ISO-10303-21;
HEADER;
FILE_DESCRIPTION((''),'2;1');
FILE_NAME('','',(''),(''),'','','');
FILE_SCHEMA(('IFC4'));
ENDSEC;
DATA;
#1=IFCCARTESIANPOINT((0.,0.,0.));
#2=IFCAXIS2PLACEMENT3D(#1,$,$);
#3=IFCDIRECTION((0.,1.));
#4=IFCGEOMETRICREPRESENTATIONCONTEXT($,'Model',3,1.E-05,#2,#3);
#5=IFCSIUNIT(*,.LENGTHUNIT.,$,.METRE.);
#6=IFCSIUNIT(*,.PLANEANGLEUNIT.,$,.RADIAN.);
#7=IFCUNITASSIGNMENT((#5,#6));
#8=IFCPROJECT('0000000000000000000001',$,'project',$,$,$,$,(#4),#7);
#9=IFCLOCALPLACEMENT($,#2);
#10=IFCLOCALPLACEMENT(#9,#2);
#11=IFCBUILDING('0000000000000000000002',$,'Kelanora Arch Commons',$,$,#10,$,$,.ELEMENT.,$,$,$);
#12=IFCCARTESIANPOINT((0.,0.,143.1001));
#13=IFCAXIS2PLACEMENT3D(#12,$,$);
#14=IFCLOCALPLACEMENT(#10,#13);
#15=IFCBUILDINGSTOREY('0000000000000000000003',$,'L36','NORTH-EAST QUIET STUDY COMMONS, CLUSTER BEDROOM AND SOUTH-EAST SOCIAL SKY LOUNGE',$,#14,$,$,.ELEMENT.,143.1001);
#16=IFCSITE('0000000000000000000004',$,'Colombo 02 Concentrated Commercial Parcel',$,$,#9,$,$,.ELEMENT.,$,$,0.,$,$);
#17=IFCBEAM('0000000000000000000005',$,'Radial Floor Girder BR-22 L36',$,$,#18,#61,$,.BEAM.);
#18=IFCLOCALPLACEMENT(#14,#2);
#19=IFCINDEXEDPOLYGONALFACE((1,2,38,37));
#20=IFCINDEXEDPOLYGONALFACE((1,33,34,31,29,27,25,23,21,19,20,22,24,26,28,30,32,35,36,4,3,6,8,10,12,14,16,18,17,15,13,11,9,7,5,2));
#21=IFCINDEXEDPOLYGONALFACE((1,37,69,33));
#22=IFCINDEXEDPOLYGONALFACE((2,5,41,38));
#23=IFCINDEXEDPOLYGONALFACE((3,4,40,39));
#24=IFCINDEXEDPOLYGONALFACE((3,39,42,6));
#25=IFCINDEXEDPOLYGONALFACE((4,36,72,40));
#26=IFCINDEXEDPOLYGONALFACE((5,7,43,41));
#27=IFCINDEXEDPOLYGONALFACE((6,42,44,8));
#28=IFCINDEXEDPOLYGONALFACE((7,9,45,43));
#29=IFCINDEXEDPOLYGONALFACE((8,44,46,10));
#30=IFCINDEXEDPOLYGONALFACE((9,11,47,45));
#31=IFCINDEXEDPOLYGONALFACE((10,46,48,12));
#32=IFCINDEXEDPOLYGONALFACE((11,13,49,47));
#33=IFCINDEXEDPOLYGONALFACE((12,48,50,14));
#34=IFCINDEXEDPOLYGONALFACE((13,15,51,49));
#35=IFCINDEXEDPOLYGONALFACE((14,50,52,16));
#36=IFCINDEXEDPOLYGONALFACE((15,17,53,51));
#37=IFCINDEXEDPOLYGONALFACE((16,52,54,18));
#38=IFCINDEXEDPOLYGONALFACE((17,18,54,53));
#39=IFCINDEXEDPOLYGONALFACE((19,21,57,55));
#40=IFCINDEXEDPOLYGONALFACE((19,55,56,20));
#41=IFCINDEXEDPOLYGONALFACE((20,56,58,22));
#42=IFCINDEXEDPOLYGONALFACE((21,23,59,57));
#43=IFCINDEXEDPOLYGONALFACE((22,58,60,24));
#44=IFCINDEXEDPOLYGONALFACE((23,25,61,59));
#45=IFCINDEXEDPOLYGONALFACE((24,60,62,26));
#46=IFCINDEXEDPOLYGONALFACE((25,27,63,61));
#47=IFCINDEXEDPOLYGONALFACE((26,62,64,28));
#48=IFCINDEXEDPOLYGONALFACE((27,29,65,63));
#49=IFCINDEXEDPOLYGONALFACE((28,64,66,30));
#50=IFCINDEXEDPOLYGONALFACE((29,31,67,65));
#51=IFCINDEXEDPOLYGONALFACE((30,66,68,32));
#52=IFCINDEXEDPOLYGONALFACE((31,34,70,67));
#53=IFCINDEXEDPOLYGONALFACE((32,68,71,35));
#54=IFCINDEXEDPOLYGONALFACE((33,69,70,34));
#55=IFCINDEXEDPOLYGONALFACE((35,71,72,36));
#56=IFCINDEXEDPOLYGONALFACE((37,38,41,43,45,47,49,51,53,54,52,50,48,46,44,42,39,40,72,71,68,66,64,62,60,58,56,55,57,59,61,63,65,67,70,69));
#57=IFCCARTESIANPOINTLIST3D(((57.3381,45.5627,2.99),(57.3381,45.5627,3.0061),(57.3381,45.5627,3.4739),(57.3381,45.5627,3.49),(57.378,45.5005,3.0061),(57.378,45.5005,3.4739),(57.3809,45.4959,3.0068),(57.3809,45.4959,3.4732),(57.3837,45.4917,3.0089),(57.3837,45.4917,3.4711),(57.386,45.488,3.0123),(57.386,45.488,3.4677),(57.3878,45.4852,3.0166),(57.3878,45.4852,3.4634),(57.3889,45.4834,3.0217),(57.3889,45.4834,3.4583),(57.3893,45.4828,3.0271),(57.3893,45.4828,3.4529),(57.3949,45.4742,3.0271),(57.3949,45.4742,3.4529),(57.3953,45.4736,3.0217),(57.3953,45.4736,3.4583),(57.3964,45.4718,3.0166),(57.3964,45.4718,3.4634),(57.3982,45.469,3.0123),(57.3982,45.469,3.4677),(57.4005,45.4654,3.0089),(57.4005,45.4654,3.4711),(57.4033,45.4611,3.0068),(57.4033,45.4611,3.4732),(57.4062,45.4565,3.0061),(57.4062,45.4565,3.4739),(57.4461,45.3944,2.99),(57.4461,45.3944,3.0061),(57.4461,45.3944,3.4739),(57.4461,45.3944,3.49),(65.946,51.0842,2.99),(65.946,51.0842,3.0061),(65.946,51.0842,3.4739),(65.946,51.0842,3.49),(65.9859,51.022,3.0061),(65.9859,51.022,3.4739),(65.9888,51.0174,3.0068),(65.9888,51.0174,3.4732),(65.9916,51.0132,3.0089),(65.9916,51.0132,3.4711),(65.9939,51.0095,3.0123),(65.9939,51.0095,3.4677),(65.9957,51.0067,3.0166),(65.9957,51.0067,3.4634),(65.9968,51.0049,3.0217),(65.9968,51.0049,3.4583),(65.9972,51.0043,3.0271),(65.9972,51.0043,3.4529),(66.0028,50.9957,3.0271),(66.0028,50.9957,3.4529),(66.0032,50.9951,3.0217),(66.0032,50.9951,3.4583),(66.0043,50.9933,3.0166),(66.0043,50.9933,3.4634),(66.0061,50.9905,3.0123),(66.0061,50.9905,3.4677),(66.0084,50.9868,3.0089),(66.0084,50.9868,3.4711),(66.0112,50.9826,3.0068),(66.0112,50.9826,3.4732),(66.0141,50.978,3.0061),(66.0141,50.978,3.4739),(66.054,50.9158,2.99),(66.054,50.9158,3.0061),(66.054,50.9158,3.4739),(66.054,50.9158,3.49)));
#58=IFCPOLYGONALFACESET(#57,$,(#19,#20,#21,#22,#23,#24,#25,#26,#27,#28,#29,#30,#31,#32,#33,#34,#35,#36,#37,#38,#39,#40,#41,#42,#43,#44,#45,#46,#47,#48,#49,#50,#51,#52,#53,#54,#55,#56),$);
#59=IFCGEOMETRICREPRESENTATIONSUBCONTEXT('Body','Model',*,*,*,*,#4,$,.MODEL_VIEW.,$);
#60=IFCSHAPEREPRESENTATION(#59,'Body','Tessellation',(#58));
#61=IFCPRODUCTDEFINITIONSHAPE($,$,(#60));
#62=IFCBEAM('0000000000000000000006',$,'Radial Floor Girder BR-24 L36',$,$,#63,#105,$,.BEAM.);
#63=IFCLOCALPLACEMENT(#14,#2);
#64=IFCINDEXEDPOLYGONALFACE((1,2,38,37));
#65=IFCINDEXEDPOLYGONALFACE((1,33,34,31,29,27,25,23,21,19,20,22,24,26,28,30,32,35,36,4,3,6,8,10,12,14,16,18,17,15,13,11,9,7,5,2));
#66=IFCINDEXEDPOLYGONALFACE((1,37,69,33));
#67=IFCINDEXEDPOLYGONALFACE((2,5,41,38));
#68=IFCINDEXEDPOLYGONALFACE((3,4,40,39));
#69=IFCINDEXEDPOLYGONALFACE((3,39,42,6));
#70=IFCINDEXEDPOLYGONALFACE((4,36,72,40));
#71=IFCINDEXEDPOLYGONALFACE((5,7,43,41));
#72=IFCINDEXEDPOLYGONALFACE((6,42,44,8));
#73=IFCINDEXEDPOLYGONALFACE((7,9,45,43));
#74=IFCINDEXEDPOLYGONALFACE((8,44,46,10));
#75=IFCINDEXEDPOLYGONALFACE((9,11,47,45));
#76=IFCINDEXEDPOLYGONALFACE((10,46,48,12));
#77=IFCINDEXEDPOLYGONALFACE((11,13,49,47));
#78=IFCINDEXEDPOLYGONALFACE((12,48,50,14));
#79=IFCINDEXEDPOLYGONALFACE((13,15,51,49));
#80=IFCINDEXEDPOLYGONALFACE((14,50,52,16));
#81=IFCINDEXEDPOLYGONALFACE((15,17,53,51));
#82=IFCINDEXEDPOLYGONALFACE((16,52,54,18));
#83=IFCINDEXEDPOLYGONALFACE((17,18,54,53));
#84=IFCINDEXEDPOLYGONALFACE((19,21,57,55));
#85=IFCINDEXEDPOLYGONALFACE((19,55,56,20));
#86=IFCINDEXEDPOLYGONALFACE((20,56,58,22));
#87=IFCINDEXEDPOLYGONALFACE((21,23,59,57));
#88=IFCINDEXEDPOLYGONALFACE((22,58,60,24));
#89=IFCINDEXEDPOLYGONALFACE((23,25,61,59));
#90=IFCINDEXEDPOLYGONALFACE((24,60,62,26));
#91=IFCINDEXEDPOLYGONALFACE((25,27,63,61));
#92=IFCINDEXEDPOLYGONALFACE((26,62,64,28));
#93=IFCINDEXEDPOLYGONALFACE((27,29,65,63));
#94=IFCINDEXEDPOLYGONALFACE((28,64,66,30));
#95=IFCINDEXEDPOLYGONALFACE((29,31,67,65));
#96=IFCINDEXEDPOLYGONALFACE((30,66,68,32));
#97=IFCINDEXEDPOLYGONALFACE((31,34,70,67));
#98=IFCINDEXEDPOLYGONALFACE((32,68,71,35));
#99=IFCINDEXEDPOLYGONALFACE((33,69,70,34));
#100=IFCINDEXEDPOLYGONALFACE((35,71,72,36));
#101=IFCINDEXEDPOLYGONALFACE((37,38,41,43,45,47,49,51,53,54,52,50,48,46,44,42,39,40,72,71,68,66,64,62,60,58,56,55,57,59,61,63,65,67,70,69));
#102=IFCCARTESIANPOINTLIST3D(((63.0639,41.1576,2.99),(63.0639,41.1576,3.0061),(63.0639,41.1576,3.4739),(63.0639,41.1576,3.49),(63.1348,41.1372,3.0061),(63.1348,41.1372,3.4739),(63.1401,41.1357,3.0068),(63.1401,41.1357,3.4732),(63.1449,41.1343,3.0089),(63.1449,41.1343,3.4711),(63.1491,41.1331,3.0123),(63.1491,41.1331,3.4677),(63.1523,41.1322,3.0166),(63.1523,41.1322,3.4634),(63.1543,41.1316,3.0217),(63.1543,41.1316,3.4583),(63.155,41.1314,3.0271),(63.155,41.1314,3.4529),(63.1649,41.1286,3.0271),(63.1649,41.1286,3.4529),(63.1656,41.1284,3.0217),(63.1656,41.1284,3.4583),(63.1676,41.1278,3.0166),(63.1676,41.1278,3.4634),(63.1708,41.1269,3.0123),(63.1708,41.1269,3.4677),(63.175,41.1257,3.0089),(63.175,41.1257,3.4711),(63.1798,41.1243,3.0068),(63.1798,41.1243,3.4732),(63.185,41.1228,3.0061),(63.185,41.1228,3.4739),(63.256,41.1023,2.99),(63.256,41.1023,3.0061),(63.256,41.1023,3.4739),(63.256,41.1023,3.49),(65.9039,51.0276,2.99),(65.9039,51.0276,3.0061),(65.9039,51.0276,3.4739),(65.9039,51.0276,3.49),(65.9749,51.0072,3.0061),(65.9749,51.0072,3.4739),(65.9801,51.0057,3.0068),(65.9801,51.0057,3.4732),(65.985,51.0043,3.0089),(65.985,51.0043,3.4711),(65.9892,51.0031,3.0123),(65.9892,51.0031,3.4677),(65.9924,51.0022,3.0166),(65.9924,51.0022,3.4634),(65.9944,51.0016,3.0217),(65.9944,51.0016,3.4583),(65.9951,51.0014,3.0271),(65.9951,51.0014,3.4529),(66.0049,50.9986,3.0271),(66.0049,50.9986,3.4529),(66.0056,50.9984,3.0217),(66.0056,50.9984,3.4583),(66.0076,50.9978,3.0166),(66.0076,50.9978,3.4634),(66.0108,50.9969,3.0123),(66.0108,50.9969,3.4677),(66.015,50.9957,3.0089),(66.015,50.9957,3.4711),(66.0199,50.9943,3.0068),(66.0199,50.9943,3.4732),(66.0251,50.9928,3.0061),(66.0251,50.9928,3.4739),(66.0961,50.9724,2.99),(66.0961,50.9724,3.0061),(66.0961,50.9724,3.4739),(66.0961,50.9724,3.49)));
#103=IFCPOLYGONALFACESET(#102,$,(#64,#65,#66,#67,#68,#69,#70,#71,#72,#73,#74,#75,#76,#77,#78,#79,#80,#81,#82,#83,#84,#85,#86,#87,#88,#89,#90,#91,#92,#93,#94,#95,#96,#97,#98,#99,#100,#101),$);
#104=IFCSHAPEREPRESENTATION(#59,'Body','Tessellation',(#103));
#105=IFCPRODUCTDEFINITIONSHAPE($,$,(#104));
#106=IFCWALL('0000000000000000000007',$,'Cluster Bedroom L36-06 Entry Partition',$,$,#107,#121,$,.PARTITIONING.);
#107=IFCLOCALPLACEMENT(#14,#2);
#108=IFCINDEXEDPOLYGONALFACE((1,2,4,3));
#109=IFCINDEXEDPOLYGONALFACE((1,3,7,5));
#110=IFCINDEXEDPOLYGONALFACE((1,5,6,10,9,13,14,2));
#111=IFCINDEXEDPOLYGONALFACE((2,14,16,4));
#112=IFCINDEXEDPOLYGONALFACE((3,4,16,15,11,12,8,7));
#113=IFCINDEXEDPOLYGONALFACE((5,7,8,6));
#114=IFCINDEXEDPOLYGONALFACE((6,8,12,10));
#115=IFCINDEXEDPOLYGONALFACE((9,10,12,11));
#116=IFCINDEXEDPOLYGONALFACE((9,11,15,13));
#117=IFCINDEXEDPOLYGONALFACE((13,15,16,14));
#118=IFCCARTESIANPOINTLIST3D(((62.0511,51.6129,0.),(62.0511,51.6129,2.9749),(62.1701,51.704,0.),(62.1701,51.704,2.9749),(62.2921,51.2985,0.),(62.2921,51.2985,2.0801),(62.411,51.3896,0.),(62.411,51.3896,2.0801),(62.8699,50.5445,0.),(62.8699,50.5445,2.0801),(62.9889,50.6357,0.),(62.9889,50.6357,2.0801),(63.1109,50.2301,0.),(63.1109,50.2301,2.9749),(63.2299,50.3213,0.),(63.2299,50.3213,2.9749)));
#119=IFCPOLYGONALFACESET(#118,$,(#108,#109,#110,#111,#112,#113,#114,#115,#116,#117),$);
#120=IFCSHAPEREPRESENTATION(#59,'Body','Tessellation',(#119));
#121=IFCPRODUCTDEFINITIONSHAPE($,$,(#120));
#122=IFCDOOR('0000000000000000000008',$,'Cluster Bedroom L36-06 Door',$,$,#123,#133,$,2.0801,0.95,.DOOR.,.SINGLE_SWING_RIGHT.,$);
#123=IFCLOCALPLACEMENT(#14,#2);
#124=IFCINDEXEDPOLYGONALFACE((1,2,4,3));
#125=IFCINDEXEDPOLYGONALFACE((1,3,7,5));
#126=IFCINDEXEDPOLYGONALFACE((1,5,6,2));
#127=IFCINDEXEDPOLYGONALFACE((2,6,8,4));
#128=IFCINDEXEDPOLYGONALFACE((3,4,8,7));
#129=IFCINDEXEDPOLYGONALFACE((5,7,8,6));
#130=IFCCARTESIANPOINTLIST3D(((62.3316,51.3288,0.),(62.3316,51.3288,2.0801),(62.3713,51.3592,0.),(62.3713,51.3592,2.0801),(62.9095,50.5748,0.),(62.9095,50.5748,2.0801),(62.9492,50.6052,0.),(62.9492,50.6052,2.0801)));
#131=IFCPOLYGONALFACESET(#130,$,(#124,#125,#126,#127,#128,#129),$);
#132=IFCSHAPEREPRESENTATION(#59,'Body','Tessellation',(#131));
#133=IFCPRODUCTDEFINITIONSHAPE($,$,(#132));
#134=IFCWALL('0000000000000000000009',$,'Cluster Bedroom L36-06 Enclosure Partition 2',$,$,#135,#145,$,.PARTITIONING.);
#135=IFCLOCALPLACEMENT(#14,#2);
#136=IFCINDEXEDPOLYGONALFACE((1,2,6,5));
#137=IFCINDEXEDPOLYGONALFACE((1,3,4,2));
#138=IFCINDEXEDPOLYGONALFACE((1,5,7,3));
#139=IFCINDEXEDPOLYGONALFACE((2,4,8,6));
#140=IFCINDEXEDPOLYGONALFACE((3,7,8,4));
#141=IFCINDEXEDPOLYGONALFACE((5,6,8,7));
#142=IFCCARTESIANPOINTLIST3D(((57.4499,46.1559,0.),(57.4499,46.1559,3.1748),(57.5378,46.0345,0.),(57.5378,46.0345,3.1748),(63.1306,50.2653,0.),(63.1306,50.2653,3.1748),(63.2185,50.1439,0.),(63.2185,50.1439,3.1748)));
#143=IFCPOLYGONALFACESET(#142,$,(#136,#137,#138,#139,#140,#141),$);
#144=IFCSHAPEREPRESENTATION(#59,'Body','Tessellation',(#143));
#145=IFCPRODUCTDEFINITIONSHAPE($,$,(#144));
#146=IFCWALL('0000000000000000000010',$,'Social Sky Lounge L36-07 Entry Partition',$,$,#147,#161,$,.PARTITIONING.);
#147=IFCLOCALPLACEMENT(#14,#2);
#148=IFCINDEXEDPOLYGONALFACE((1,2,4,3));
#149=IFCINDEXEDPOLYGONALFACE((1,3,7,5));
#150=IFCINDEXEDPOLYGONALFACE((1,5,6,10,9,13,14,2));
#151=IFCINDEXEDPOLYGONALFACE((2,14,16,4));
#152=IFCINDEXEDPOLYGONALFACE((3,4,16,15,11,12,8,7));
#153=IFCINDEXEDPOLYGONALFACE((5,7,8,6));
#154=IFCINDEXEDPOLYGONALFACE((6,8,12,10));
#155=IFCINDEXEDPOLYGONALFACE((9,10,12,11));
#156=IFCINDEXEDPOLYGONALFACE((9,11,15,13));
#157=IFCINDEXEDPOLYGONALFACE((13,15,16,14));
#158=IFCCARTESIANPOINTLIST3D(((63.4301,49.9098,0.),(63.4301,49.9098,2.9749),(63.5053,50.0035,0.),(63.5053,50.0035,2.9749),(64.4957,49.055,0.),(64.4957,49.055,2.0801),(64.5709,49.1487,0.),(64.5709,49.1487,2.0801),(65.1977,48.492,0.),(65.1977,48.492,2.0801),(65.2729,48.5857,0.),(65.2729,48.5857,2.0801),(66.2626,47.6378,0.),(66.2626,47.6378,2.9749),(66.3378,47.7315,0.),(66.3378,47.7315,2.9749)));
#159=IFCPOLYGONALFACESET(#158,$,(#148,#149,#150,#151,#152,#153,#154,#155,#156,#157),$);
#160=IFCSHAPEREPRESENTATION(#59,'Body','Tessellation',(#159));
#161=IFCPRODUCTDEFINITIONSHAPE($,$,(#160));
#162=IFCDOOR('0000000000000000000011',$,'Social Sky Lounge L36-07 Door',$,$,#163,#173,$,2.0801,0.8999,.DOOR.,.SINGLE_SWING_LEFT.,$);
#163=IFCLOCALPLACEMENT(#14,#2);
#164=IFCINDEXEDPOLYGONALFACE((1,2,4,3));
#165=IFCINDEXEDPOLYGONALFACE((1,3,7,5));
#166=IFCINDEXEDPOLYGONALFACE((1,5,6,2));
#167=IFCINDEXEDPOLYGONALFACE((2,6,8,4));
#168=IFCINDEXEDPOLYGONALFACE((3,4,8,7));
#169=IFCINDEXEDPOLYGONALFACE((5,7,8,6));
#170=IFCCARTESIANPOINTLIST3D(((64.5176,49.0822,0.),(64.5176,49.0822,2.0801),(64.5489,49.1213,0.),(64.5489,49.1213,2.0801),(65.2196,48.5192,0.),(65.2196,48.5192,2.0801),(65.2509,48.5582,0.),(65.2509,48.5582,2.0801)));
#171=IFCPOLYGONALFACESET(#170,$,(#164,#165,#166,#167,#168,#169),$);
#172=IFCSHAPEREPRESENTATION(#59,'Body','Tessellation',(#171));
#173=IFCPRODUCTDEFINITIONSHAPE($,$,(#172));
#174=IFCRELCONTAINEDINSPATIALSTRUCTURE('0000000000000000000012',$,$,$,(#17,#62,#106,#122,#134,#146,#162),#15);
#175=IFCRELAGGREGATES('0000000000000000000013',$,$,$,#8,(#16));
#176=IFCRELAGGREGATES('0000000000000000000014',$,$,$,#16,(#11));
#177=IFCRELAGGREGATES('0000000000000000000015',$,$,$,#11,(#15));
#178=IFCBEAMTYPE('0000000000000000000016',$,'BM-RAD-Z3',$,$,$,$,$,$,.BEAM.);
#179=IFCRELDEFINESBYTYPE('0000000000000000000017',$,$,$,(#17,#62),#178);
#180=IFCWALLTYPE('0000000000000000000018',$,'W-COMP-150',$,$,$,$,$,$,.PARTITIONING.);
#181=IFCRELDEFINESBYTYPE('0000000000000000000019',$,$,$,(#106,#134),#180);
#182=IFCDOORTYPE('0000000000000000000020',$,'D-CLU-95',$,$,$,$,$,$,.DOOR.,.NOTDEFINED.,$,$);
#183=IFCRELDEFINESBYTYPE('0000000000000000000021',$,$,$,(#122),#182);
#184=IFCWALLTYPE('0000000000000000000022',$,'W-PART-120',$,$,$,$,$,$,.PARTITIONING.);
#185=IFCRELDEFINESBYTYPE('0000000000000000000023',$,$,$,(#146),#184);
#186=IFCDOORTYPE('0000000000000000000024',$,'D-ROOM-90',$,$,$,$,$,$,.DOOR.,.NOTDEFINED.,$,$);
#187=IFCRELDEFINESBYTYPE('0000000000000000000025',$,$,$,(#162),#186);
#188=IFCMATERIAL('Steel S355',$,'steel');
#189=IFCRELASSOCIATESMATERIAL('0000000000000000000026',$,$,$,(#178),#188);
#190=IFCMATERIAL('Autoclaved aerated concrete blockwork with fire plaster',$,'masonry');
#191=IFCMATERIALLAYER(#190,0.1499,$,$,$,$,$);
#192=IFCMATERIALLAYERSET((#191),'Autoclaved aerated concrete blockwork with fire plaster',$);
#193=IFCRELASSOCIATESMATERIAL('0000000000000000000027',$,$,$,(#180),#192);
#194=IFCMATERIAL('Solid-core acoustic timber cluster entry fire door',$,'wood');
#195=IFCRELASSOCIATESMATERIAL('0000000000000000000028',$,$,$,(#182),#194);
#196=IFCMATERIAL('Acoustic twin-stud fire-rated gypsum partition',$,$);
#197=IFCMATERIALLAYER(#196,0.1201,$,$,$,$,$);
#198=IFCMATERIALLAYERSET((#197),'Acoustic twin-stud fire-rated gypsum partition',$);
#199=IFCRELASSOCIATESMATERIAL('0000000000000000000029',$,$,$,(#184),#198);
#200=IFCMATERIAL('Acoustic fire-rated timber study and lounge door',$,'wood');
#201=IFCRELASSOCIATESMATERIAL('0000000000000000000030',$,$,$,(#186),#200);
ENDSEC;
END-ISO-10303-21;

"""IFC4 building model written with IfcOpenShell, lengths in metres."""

from ifc_helpers import new_model, si_unit, direction, frame, frame_2d, origin, origin_2d, place, context, subcontext, project, spatial, rectangle, i_section, extrude, material, layer, layer_set, material_profile, profile_set, type_object, element, fill, save


model = new_model("IFC4")

# Units and contexts
model_context = context("Model", 3, precision=1e-05, world=origin(), true_north=direction((0.0, 1.0)))
body_context = subcontext(model_context, "Body", "Model", "MODEL_VIEW")
ifc_project = project(units=[si_unit("LENGTHUNIT", "METRE"), si_unit("PLANEANGLEUNIT", "RADIAN")], contexts=[model_context])

# Site, building, storey
site_placement = place(None, origin())
site = spatial("IfcSite", under=ifc_project, at=site_placement, Name="Colombo 02 Concentrated Commercial Parcel", CompositionType="ELEMENT", RefElevation=0.0)
building_placement = place(site_placement, origin())
building = spatial("IfcBuilding", under=site, at=building_placement, Name="Kelanora Arch Commons", CompositionType="ELEMENT")
storey_placement = place(building_placement, frame((0.0, 0.0, 143.1001)))
storey = spatial("IfcBuildingStorey", under=building, at=storey_placement, Name="L36", Description="NORTH-EAST QUIET STUDY COMMONS, CLUSTER BEDROOM AND SOUTH-EAST SOCIAL SKY LOUNGE", CompositionType="ELEMENT", Elevation=143.1001)

# Beams
ifc_material_1 = material(Name="Steel S355", Category="steel")
ifc_material_profile_1 = material_profile(ifc_material_1, i_section(OverallWidth=0.2, OverallDepth=0.5, WebThickness=0.0103, FlangeThickness=0.0161, FilletRadius=0.021, at=origin_2d()), Name="IPE500")
ifc_profile_set_1 = profile_set([ifc_material_profile_1], Name="Steel S355")
beam_type_1 = type_object("IfcBeamType", Name="BM-RAD-Z3", PredefinedType="BEAM", material=ifc_profile_set_1)
beam_1_placement = place(storey_placement, frame((66.0, 51.0, 3.24), z_axis=(-0.841719, -0.539915, 0.0), x_axis=(0.539915, -0.841719, 0.0)))
element("IfcBeam", 1, at=beam_1_placement, inside=storey, type_object=beam_type_1, Name="Radial Floor Girder BR-22 L36", PredefinedType="BEAM", context=body_context, shape_type="SweptSolid", body=[
    extrude(i_section(OverallWidth=0.2, OverallDepth=0.5, WebThickness=0.0103, FlangeThickness=0.0161, FilletRadius=0.021, at=origin_2d()), origin(), (0.0, 0.0, 1.0), 10.2266),
])
beam_2_placement = place(storey_placement, frame((66.0, 51.0, 3.24), z_axis=(-0.276526, -0.961006, 0.0), x_axis=(0.961006, -0.276526, 0.0)))
element("IfcBeam", 2, at=beam_2_placement, inside=storey, type_object=beam_type_1, Name="Radial Floor Girder BR-24 L36", PredefinedType="BEAM", context=body_context, shape_type="SweptSolid", body=[
    extrude(i_section(OverallWidth=0.2, OverallDepth=0.5, WebThickness=0.0103, FlangeThickness=0.0161, FilletRadius=0.021, at=origin_2d()), origin(), (0.0, 0.0, 1.0), 10.2705),
])

# Wall, opening, door
ifc_material_2 = material(Name="Autoclaved aerated concrete blockwork with fire plaster", Category="masonry")
ifc_layer_1 = layer(ifc_material_2, 0.1499)
ifc_layer_set_1 = layer_set([ifc_layer_1], Name="Autoclaved aerated concrete blockwork with fire plaster")
wall_type_1 = type_object("IfcWallType", Name="W-COMP-150", PredefinedType="PARTITIONING", material=ifc_layer_set_1)
wall_1_placement = place(storey_placement, frame((62.1106, 51.6584, 0.0), z_axis=(0.0, 0.0, 1.0), x_axis=(0.608308, -0.793701, 0.0)))
wall_1 = element("IfcWall", 3, at=wall_1_placement, inside=storey, type_object=wall_type_1, Name="Cluster Bedroom L36-06 Entry Partition", PredefinedType="PARTITIONING", context=body_context, shape_type="SweptSolid", body=[
    extrude(rectangle(XDim=1.7422, YDim=0.1499, at=frame_2d((0.8711, 0.0))), origin(), (0.0, 0.0, 1.0), 2.9749),
])
opening_1_placement = place(wall_1_placement, frame((0.396, 0.0, 0.0)))
opening_1 = element("IfcOpeningElement", 4, at=opening_1_placement, cuts=wall_1, PredefinedType="OPENING", context=body_context, shape_type="SweptSolid", body=[
    extrude(rectangle(XDim=0.95, YDim=2.0801, at=frame_2d((0.4751, 1.04))), frame((0.0, 0.085, 0.0), z_axis=(0.0, -1.0, 0.0), x_axis=(1.0, 0.0, 0.0)), (0.0, 0.0, 1.0), 0.1699),
])
ifc_material_3 = material(Name="Solid-core acoustic timber cluster entry fire door", Category="wood")
door_type_1 = type_object("IfcDoorType", Name="D-CLU-95", OperationType="NOTDEFINED", PredefinedType="DOOR", material=ifc_material_3)
door_1_placement = place(opening_1_placement, origin())
door_1 = element("IfcDoor", 5, at=door_1_placement, inside=storey, type_object=door_type_1, Name="Cluster Bedroom L36-06 Door", OperationType="SINGLE_SWING_RIGHT", OverallHeight=2.0801, OverallWidth=0.95, PredefinedType="DOOR", context=body_context, shape_type="SweptSolid", body=[
    extrude(rectangle(XDim=0.95, YDim=2.0801, at=frame_2d((0.4751, 1.04))), frame((0.0, 0.0249, 0.0), z_axis=(0.0, -1.0, 0.0), x_axis=(1.0, 0.0, 0.0)), (0.0, 0.0, 1.0), 0.05),
])
fill(opening_1, door_1)

# Wall
wall_2_placement = place(storey_placement, frame((63.1746, 50.2046, 0.0), z_axis=(0.0, 0.0, 1.0), x_axis=(-0.810227, -0.586116, 0.0)))
element("IfcWall", 6, at=wall_2_placement, inside=storey, type_object=wall_type_1, Name="Cluster Bedroom L36-06 Enclosure Partition 2", PredefinedType="PARTITIONING", context=body_context, shape_type="SweptSolid", body=[
    extrude(rectangle(XDim=7.0112, YDim=0.1499, at=frame_2d((3.5056, 0.0))), origin(), (0.0, 0.0, 1.0), 3.1748),
])

# Wall, opening, door
ifc_material_4 = material(Name="Acoustic twin-stud fire-rated gypsum partition")
ifc_layer_2 = layer(ifc_material_4, 0.1201)
ifc_layer_set_2 = layer_set([ifc_layer_2], Name="Acoustic twin-stud fire-rated gypsum partition")
wall_type_2 = type_object("IfcWallType", Name="W-PART-120", PredefinedType="PARTITIONING", material=ifc_layer_set_2)
wall_3_placement = place(storey_placement, frame((63.4678, 49.9565, 0.0), z_axis=(0.0, 0.0, 1.0), x_axis=(0.780068, -0.625695, 0.0)))
wall_3 = element("IfcWall", 7, at=wall_3_placement, inside=storey, type_object=wall_type_2, Name="Social Sky Lounge L36-07 Entry Partition", PredefinedType="PARTITIONING", context=body_context, shape_type="SweptSolid", body=[
    extrude(rectangle(XDim=3.6311, YDim=0.1201, at=frame_2d((1.8154, 0.0))), origin(), (0.0, 0.0, 1.0), 2.9749),
])
opening_2_placement = place(wall_3_placement, frame((1.366, 0.0, 0.0)))
opening_2 = element("IfcOpeningElement", 8, at=opening_2_placement, cuts=wall_3, PredefinedType="OPENING", context=body_context, shape_type="SweptSolid", body=[
    extrude(rectangle(XDim=0.8999, YDim=2.0801, at=frame_2d((0.45, 1.04))), frame((0.0, 0.0701, 0.0), z_axis=(0.0, -1.0, 0.0), x_axis=(1.0, 0.0, 0.0)), (0.0, 0.0, 1.0), 0.1401),
])
ifc_material_5 = material(Name="Acoustic fire-rated timber study and lounge door", Category="wood")
door_type_2 = type_object("IfcDoorType", Name="D-ROOM-90", OperationType="NOTDEFINED", PredefinedType="DOOR", material=ifc_material_5)
door_2_placement = place(opening_2_placement, origin())
door_2 = element("IfcDoor", 9, at=door_2_placement, inside=storey, type_object=door_type_2, Name="Social Sky Lounge L36-07 Door", OperationType="SINGLE_SWING_LEFT", OverallHeight=2.0801, OverallWidth=0.8999, PredefinedType="DOOR", context=body_context, shape_type="SweptSolid", body=[
    extrude(rectangle(XDim=0.8999, YDim=2.0801, at=frame_2d((0.45, 1.04))), frame((0.0, 0.0249, 0.0), z_axis=(0.0, -1.0, 0.0), x_axis=(1.0, 0.0, 0.0)), (0.0, 0.0, 1.0), 0.05),
])
fill(opening_2, door_2)

save(model, "model.ifc")
